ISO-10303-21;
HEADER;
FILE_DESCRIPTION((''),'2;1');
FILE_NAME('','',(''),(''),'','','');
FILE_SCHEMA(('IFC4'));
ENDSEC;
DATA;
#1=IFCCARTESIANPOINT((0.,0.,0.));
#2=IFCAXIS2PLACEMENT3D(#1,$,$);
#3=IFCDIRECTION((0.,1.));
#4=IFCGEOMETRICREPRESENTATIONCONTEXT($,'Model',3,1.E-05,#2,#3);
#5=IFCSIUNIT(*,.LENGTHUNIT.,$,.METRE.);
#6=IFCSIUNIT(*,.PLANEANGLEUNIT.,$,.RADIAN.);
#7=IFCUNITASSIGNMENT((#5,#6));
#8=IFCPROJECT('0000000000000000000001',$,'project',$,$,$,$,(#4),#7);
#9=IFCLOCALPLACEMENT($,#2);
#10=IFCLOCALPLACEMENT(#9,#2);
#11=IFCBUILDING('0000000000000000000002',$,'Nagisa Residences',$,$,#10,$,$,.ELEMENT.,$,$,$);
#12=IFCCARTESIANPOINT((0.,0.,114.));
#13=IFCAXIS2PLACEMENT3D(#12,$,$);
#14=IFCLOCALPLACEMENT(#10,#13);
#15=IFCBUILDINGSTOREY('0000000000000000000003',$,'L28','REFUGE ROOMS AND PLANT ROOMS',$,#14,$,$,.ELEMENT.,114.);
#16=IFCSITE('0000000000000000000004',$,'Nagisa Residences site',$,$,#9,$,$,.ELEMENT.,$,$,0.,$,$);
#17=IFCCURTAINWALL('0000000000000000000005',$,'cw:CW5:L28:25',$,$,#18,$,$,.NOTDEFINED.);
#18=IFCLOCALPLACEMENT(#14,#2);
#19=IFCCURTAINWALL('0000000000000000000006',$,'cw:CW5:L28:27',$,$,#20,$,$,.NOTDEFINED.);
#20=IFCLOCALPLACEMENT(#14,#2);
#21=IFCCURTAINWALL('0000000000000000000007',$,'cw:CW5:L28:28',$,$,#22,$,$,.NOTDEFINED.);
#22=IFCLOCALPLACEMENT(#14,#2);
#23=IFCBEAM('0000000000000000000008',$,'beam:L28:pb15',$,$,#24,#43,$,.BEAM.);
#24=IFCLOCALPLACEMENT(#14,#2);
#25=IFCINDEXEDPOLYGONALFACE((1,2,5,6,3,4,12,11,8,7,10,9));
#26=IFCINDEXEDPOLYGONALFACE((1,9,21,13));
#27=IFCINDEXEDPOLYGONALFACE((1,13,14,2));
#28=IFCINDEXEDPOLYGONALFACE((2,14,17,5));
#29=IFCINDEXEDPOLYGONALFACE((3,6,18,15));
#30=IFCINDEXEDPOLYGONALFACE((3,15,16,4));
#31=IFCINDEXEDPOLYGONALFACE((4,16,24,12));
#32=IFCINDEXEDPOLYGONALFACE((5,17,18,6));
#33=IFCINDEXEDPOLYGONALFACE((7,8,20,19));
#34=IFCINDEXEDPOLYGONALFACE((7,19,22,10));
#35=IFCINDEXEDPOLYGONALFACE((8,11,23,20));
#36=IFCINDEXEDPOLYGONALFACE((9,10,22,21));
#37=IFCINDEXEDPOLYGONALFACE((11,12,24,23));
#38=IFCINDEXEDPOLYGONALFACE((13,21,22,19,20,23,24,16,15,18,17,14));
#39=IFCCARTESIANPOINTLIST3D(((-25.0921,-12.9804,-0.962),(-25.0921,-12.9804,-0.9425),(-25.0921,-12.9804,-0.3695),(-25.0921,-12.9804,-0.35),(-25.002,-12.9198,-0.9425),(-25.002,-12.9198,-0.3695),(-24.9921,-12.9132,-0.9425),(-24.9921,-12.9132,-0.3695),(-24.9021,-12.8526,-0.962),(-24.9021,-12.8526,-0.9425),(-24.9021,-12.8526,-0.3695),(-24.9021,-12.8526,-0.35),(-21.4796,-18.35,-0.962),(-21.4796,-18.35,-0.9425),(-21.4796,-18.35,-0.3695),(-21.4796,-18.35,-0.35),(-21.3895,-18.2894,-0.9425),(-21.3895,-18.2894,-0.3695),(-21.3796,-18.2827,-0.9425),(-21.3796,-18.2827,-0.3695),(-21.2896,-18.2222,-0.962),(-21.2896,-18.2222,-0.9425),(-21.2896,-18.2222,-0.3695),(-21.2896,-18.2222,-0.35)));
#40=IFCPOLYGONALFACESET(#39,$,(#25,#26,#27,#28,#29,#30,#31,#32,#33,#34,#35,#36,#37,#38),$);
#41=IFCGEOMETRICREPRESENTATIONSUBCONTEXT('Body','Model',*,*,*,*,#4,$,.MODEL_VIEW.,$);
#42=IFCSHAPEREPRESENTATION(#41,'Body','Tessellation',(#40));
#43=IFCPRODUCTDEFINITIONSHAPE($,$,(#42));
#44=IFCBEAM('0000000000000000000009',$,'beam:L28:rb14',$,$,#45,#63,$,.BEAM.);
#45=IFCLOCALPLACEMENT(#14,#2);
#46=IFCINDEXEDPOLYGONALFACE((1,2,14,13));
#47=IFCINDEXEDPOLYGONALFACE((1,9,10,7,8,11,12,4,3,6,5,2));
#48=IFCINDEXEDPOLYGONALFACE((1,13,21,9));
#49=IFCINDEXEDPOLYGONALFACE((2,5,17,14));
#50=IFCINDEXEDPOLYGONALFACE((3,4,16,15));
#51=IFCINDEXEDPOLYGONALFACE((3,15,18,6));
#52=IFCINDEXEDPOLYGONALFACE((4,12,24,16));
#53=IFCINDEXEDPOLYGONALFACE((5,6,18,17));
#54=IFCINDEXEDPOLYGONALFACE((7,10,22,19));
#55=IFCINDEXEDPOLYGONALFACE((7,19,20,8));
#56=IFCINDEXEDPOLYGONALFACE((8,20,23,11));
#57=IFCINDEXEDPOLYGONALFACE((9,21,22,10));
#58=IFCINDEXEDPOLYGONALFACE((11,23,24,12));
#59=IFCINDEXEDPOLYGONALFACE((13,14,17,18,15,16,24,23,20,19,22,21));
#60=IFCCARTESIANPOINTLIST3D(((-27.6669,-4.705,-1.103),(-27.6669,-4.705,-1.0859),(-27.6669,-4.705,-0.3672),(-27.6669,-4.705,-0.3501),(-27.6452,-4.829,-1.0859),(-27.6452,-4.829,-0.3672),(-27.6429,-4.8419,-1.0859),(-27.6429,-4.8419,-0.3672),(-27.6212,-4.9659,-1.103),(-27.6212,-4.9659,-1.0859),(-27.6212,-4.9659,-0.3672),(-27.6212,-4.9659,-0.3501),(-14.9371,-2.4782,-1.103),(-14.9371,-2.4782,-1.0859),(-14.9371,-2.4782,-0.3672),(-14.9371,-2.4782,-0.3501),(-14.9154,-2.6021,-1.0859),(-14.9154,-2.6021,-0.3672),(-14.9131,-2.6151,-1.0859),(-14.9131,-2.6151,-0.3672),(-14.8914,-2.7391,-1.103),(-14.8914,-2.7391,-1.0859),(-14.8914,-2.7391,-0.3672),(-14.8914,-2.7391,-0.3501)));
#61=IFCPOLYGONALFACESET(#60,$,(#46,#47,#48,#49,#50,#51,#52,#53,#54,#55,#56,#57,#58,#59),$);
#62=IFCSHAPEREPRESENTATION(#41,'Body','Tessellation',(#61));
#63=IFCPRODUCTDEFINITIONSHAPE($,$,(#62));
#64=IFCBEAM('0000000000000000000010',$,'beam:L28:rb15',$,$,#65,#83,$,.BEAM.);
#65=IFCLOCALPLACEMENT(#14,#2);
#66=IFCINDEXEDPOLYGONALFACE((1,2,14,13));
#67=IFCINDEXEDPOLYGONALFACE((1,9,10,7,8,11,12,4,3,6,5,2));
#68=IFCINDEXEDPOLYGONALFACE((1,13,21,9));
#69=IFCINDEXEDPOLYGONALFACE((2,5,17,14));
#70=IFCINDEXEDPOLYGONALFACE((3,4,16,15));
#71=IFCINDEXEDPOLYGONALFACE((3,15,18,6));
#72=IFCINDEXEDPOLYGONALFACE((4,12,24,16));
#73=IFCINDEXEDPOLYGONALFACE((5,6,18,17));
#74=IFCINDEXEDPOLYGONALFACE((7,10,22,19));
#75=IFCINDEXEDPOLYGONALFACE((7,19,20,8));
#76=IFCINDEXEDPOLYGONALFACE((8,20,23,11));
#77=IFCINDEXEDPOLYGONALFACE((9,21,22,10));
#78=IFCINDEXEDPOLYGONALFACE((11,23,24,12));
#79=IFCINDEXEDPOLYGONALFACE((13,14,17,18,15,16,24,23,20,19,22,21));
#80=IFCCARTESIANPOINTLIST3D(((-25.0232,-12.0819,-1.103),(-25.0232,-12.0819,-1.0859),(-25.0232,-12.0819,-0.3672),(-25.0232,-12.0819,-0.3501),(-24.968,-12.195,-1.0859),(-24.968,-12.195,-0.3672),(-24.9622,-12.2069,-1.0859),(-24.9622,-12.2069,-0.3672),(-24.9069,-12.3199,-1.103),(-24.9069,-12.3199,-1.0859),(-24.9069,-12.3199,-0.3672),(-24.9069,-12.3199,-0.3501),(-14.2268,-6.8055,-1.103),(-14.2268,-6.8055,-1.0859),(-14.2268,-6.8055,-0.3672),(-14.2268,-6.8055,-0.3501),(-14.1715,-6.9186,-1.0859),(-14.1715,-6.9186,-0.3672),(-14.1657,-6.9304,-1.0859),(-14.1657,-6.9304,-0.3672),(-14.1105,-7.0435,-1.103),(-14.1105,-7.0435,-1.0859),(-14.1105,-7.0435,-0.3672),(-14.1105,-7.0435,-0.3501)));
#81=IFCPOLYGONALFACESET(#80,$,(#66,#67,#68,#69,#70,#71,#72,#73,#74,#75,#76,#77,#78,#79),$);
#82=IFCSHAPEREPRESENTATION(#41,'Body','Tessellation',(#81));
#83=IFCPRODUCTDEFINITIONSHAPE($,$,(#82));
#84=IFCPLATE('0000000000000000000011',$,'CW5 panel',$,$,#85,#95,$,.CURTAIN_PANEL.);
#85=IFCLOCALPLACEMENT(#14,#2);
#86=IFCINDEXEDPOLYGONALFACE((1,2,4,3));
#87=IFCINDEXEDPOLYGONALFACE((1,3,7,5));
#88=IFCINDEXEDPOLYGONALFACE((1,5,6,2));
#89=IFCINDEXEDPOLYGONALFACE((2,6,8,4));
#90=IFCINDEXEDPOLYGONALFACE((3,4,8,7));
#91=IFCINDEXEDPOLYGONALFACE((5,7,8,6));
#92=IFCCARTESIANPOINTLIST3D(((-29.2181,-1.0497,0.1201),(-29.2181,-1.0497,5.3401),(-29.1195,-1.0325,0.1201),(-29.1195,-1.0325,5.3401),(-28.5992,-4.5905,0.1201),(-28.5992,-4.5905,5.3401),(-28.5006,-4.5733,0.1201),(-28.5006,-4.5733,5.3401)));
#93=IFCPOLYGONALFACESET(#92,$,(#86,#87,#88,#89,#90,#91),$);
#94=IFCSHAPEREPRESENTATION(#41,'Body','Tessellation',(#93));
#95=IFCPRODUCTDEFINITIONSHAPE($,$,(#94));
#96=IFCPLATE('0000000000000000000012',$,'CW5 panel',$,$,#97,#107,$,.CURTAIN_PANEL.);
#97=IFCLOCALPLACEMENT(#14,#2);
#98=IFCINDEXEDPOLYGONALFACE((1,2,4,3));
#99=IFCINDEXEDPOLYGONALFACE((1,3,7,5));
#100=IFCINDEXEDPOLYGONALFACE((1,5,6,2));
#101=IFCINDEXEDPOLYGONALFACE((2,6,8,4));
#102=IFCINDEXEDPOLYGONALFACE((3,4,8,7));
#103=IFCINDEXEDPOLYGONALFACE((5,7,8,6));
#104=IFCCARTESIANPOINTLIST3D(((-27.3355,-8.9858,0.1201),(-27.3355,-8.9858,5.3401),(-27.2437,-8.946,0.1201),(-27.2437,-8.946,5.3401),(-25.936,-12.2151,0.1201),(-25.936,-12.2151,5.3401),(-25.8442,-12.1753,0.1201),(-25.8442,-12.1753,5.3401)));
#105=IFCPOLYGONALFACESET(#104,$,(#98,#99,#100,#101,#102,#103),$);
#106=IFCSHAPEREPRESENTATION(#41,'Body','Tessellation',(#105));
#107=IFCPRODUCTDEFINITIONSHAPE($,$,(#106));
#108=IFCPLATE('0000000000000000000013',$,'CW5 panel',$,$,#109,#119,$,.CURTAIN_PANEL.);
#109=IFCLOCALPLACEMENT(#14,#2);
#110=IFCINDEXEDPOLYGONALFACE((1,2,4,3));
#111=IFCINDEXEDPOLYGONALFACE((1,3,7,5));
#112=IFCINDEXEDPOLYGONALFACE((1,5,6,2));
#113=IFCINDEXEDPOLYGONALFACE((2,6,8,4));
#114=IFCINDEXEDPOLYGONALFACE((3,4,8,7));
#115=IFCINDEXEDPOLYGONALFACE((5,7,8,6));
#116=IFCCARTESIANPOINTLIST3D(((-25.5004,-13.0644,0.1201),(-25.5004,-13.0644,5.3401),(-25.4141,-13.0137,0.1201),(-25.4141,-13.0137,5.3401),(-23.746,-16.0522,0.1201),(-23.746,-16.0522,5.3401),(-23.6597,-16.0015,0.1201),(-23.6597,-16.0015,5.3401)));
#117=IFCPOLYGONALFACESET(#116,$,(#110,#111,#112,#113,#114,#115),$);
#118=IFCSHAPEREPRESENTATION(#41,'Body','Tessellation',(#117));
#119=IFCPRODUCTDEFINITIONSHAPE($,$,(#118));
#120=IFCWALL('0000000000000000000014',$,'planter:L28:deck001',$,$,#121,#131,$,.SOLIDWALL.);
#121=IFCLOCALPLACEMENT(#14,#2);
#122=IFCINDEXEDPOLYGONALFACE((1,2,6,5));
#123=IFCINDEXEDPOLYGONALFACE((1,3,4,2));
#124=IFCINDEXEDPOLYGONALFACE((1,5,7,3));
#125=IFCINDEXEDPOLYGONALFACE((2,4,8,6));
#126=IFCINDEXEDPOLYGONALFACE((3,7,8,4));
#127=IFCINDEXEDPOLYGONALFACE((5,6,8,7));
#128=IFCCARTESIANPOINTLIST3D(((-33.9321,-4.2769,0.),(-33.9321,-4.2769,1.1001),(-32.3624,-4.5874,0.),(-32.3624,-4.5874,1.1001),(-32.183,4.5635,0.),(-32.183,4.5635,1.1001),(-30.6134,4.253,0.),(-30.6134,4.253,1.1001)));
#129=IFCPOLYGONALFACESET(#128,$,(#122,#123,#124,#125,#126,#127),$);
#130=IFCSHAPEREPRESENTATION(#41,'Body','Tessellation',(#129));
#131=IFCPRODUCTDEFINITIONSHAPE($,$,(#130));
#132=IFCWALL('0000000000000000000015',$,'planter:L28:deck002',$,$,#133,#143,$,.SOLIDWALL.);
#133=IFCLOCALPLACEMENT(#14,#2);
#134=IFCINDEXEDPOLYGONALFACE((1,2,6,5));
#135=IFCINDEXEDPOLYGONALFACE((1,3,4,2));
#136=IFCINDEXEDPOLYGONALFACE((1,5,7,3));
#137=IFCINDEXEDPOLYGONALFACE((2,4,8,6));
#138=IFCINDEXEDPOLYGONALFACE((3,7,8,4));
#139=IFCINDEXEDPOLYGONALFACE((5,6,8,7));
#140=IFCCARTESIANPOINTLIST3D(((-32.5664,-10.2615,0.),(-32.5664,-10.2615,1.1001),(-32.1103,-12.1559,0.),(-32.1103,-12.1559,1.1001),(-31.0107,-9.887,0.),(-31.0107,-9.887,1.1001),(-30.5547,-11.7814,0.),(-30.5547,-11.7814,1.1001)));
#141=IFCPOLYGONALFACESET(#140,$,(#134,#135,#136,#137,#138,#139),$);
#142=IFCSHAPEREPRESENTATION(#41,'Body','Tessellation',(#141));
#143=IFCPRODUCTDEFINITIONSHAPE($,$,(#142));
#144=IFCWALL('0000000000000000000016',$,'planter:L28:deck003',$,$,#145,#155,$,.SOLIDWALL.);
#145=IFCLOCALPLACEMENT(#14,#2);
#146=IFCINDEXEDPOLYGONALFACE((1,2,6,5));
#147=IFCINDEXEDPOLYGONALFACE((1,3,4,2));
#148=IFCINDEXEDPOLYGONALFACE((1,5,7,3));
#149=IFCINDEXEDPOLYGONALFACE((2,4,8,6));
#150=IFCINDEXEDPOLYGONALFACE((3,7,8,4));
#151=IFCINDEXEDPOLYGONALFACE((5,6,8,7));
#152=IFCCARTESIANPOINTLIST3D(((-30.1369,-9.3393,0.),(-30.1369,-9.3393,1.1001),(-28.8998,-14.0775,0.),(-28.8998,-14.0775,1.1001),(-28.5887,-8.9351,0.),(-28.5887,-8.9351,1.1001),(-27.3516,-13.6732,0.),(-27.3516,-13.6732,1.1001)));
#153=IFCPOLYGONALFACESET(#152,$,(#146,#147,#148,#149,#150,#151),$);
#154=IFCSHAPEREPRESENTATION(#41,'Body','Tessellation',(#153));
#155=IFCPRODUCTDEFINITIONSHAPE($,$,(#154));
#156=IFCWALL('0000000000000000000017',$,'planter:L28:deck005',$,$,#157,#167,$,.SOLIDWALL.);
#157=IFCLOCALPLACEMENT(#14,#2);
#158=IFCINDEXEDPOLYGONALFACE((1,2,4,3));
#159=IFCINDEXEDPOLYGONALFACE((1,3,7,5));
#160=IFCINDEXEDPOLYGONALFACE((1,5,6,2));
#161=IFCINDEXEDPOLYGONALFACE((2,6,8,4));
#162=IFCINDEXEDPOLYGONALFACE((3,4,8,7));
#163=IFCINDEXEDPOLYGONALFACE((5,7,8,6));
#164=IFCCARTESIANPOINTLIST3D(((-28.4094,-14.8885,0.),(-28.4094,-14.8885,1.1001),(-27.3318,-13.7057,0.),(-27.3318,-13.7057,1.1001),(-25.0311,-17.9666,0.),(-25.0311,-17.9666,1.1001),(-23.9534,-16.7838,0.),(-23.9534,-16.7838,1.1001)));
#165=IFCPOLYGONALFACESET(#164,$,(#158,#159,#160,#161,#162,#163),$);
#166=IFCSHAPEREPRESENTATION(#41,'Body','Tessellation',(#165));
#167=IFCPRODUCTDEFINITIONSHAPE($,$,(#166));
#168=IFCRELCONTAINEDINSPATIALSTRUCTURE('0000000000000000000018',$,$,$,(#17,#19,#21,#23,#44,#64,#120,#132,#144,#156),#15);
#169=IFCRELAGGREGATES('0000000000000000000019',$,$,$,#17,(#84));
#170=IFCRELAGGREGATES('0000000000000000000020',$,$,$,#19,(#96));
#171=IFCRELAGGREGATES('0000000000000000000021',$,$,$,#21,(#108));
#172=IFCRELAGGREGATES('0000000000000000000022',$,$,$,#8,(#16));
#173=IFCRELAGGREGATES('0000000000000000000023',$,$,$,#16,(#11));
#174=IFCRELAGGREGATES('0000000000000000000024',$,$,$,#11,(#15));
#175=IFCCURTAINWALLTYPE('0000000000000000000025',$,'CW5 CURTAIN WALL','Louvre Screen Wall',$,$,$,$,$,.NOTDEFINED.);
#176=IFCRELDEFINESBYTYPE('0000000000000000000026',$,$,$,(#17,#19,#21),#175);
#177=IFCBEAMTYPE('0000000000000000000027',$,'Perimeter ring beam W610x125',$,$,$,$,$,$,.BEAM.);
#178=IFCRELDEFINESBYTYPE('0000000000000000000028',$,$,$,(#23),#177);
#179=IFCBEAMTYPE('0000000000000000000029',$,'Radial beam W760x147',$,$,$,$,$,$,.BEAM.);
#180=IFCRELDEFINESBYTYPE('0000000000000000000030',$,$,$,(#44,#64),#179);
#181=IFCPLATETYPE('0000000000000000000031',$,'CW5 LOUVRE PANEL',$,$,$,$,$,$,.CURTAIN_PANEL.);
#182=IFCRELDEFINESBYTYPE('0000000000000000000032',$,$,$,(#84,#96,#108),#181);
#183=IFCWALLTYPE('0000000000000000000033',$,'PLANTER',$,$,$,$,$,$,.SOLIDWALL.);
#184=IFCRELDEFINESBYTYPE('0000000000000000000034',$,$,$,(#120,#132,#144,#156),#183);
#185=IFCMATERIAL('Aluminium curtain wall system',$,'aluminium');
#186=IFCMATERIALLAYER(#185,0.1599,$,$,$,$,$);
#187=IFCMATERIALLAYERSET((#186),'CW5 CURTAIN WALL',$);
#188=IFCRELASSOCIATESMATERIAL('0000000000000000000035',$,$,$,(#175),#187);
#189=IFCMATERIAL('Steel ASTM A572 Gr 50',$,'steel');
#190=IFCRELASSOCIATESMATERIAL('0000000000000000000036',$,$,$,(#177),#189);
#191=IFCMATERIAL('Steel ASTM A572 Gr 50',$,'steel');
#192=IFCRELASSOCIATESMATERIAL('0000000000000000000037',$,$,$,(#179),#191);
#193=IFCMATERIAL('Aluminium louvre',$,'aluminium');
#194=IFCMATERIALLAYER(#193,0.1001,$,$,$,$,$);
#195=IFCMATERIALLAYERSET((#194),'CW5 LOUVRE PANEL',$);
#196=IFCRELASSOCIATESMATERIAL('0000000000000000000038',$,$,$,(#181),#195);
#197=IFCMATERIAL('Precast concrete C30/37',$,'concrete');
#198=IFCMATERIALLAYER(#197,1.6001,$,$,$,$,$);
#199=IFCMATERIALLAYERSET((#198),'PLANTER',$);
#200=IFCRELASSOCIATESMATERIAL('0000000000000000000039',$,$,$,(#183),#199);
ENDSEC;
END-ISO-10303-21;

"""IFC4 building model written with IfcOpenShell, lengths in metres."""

from ifc_helpers import new_model, si_unit, direction, frame, frame_2d, origin, origin_2d, place, context, subcontext, project, spatial, rectangle, i_section, extrude, material, layer, layer_set, material_profile, profile_set, type_object, element, aggregate, save


model = new_model("IFC4")

# Units and contexts
model_context = context("Model", 3, precision=1e-05, world=origin(), true_north=direction((0.0, 1.0)))
body_context = subcontext(model_context, "Body", "Model", "MODEL_VIEW")
ifc_project = project(units=[si_unit("LENGTHUNIT", "METRE"), si_unit("PLANEANGLEUNIT", "RADIAN")], contexts=[model_context])

# Site, building, storey
site_placement = place(None, origin())
site = spatial("IfcSite", under=ifc_project, at=site_placement, Name="Nagisa Residences site", CompositionType="ELEMENT", RefElevation=0.0)
building_placement = place(site_placement, origin())
building = spatial("IfcBuilding", under=site, at=building_placement, Name="Nagisa Residences", CompositionType="ELEMENT")
storey_placement = place(building_placement, frame((0.0, 0.0, 114.0)))
storey = spatial("IfcBuildingStorey", under=building, at=storey_placement, Name="L28", Description="REFUGE ROOMS AND PLANT ROOMS", CompositionType="ELEMENT", Elevation=114.0)

# Curtain walls
ifc_material_1 = material(Name="Aluminium curtain wall system", Category="aluminium")
ifc_layer_1 = layer(ifc_material_1, 0.1599)
ifc_layer_set_1 = layer_set([ifc_layer_1], Name="CW5 CURTAIN WALL")
curtain_wall_type = type_object("IfcCurtainWallType", Name="CW5 CURTAIN WALL", Description="Louvre Screen Wall", PredefinedType="NOTDEFINED", material=ifc_layer_set_1)
curtain_wall_1_placement = place(storey_placement, origin())
curtain_wall_1 = element("IfcCurtainWall", 1, at=curtain_wall_1_placement, inside=storey, type_object=curtain_wall_type, Name="cw:CW5:L28:25", PredefinedType="NOTDEFINED")
curtain_wall_2_placement = place(storey_placement, origin())
curtain_wall_2 = element("IfcCurtainWall", 2, at=curtain_wall_2_placement, inside=storey, type_object=curtain_wall_type, Name="cw:CW5:L28:27", PredefinedType="NOTDEFINED")
curtain_wall_3_placement = place(storey_placement, origin())
curtain_wall_3 = element("IfcCurtainWall", 3, at=curtain_wall_3_placement, inside=storey, type_object=curtain_wall_type, Name="cw:CW5:L28:28", PredefinedType="NOTDEFINED")

# Beams
ifc_material_2 = material(Name="Steel ASTM A572 Gr 50", Category="steel")
ifc_material_profile_1 = material_profile(ifc_material_2, i_section(OverallWidth=0.229, OverallDepth=0.6121, WebThickness=0.012, FlangeThickness=0.0195, at=origin_2d()), Name="W610x125")
ifc_profile_set_1 = profile_set([ifc_material_profile_1], Name="Steel ASTM A572 Gr 50")
beam_type_1 = type_object("IfcBeamType", Name="Perimeter ring beam W610x125", PredefinedType="BEAM", material=ifc_profile_set_1)
beam_1_placement = place(storey_placement, frame((-24.9971, -12.9165, -0.656), z_axis=(0.558204, -0.829704, 0.0), x_axis=(0.829704, 0.558204, 0.0)))
element("IfcBeam", 4, at=beam_1_placement, inside=storey, type_object=beam_type_1, Name="beam:L28:pb15", PredefinedType="BEAM", context=body_context, shape_type="SweptSolid", body=[
    extrude(i_section(OverallWidth=0.229, OverallDepth=0.6121, WebThickness=0.012, FlangeThickness=0.0195, at=origin_2d()), origin(), (0.0, 0.0, 1.0), 6.4717),
])
ifc_material_3 = material(Name="Steel ASTM A572 Gr 50", Category="steel")
ifc_material_profile_2 = material_profile(ifc_material_3, i_section(OverallWidth=0.2649, OverallDepth=0.7529, WebThickness=0.0132, FlangeThickness=0.0171, at=origin_2d()), Name="W760x147")
ifc_profile_set_2 = profile_set([ifc_material_profile_2], Name="Steel ASTM A572 Gr 50")
beam_type_2 = type_object("IfcBeamType", Name="Radial beam W760x147", PredefinedType="BEAM", material=ifc_profile_set_2)
beam_2_placement = place(storey_placement, frame((-27.644, -4.8354, -0.7266), z_axis=(0.985042, 0.172313, 0.0), x_axis=(-0.172313, 0.985042, 0.0)))
element("IfcBeam", 5, at=beam_2_placement, inside=storey, type_object=beam_type_2, Name="beam:L28:rb14", PredefinedType="BEAM", context=body_context, shape_type="SweptSolid", body=[
    extrude(i_section(OverallWidth=0.2649, OverallDepth=0.7529, WebThickness=0.0132, FlangeThickness=0.0171, at=origin_2d()), origin(), (0.0, 0.0, 1.0), 12.9231),
])
beam_3_placement = place(storey_placement, frame((-24.9651, -12.2009, -0.7266), z_axis=(0.898446, 0.439085, 0.0), x_axis=(-0.439085, 0.898446, 0.0)))
element("IfcBeam", 6, at=beam_3_placement, inside=storey, type_object=beam_type_2, Name="beam:L28:rb15", PredefinedType="BEAM", context=body_context, shape_type="SweptSolid", body=[
    extrude(i_section(OverallWidth=0.2649, OverallDepth=0.7529, WebThickness=0.0132, FlangeThickness=0.0171, at=origin_2d()), origin(), (0.0, 0.0, 1.0), 12.0168),
])

# Plates
ifc_material_4 = material(Name="Aluminium louvre", Category="aluminium")
ifc_layer_2 = layer(ifc_material_4, 0.1001)
ifc_layer_set_2 = layer_set([ifc_layer_2], Name="CW5 LOUVRE PANEL")
plate_type = type_object("IfcPlateType", Name="CW5 LOUVRE PANEL", PredefinedType="CURTAIN_PANEL", material=ifc_layer_set_2)
plate_1_placement = place(storey_placement, frame((-28.8594, -2.8115, 0.1201), z_axis=(0.0, 0.0, 1.0), x_axis=(0.172191, -0.985064, 0.0)))
plate_1 = element("IfcPlate", 7, at=plate_1_placement, type_object=plate_type, Name="CW5 panel", PredefinedType="CURTAIN_PANEL", context=body_context, shape_type="SweptSolid", body=[
    extrude(rectangle(XDim=3.5945, YDim=0.1001, at=origin_2d()), origin(), (0.0, 0.0, 1.0), 5.22),
])
aggregate(curtain_wall_1, [plate_1])
plate_2_placement = place(storey_placement, frame((-26.5898, -10.5806, 0.1201), z_axis=(0.0, 0.0, 1.0), x_axis=(0.397636, -0.917543, 0.0)))
plate_2 = element("IfcPlate", 8, at=plate_2_placement, type_object=plate_type, Name="CW5 panel", PredefinedType="CURTAIN_PANEL", context=body_context, shape_type="SweptSolid", body=[
    extrude(rectangle(XDim=3.5195, YDim=0.1001, at=origin_2d()), origin(), (0.0, 0.0, 1.0), 5.22),
])
aggregate(curtain_wall_2, [plate_2])
plate_3_placement = place(storey_placement, frame((-24.5801, -14.533, 0.1201), z_axis=(0.0, 0.0, 1.0), x_axis=(0.506349, -0.862329, 0.0)))
plate_3 = element("IfcPlate", 9, at=plate_3_placement, type_object=plate_type, Name="CW5 panel", PredefinedType="CURTAIN_PANEL", context=body_context, shape_type="SweptSolid", body=[
    extrude(rectangle(XDim=3.4648, YDim=0.1001, at=origin_2d()), origin(), (0.0, 0.0, 1.0), 5.22),
])
aggregate(curtain_wall_3, [plate_3])

# Walls
ifc_material_5 = material(Name="Precast concrete C30/37", Category="concrete")
ifc_layer_3 = layer(ifc_material_5, 1.6001)
ifc_layer_set_3 = layer_set([ifc_layer_3], Name="PLANTER")
wall_type_1 = type_object("IfcWallType", Name="PLANTER", PredefinedType="SOLIDWALL", material=ifc_layer_set_3)
wall_1_placement = place(storey_placement, frame((-33.1472, -4.4321, 0.0), z_axis=(0.0, 0.0, 1.0), x_axis=(0.194084, 0.980985, 0.0)))
element("IfcWall", 10, at=wall_1_placement, inside=storey, type_object=wall_type_1, Name="planter:L28:deck001", PredefinedType="SOLIDWALL", context=body_context, shape_type="SweptSolid", body=[
    extrude(rectangle(XDim=9.0117, YDim=1.6001, at=frame_2d((4.5059, 0.0))), origin(), (0.0, 0.0, 1.0), 1.1001),
])
wall_2_placement = place(storey_placement, frame((-31.3325, -11.9685, 0.0), z_axis=(0.0, 0.0, 1.0), x_axis=(-0.234065, 0.972221, 0.0)))
element("IfcWall", 11, at=wall_2_placement, inside=storey, type_object=wall_type_1, Name="planter:L28:deck002", PredefinedType="SOLIDWALL", context=body_context, shape_type="SweptSolid", body=[
    extrude(rectangle(XDim=1.9485, YDim=1.6001, at=frame_2d((0.9741, 0.0))), origin(), (0.0, 0.0, 1.0), 1.1001),
])
wall_3_placement = place(storey_placement, frame((-29.3628, -9.1372, 0.0), z_axis=(0.0, 0.0, 1.0), x_axis=(0.252623, -0.967565, 0.0)))
element("IfcWall", 12, at=wall_3_placement, inside=storey, type_object=wall_type_1, Name="planter:L28:deck003", PredefinedType="SOLIDWALL", context=body_context, shape_type="SweptSolid", body=[
    extrude(rectangle(XDim=4.897, YDim=1.6001, at=frame_2d((2.4485, 0.0))), origin(), (0.0, 0.0, 1.0), 1.1001),
])
wall_4_placement = place(storey_placement, frame((-27.8706, -14.2971, 0.0), z_axis=(0.0, 0.0, 1.0), x_axis=(0.739195, -0.673491, 0.0)))
element("IfcWall", 13, at=wall_4_placement, inside=storey, type_object=wall_type_1, Name="planter:L28:deck005", PredefinedType="SOLIDWALL", context=body_context, shape_type="SweptSolid", body=[
    extrude(rectangle(XDim=4.5703, YDim=1.6001, at=frame_2d((2.2852, 0.0))), origin(), (0.0, 0.0, 1.0), 1.1001),
])

save(model, "model.ifc")
